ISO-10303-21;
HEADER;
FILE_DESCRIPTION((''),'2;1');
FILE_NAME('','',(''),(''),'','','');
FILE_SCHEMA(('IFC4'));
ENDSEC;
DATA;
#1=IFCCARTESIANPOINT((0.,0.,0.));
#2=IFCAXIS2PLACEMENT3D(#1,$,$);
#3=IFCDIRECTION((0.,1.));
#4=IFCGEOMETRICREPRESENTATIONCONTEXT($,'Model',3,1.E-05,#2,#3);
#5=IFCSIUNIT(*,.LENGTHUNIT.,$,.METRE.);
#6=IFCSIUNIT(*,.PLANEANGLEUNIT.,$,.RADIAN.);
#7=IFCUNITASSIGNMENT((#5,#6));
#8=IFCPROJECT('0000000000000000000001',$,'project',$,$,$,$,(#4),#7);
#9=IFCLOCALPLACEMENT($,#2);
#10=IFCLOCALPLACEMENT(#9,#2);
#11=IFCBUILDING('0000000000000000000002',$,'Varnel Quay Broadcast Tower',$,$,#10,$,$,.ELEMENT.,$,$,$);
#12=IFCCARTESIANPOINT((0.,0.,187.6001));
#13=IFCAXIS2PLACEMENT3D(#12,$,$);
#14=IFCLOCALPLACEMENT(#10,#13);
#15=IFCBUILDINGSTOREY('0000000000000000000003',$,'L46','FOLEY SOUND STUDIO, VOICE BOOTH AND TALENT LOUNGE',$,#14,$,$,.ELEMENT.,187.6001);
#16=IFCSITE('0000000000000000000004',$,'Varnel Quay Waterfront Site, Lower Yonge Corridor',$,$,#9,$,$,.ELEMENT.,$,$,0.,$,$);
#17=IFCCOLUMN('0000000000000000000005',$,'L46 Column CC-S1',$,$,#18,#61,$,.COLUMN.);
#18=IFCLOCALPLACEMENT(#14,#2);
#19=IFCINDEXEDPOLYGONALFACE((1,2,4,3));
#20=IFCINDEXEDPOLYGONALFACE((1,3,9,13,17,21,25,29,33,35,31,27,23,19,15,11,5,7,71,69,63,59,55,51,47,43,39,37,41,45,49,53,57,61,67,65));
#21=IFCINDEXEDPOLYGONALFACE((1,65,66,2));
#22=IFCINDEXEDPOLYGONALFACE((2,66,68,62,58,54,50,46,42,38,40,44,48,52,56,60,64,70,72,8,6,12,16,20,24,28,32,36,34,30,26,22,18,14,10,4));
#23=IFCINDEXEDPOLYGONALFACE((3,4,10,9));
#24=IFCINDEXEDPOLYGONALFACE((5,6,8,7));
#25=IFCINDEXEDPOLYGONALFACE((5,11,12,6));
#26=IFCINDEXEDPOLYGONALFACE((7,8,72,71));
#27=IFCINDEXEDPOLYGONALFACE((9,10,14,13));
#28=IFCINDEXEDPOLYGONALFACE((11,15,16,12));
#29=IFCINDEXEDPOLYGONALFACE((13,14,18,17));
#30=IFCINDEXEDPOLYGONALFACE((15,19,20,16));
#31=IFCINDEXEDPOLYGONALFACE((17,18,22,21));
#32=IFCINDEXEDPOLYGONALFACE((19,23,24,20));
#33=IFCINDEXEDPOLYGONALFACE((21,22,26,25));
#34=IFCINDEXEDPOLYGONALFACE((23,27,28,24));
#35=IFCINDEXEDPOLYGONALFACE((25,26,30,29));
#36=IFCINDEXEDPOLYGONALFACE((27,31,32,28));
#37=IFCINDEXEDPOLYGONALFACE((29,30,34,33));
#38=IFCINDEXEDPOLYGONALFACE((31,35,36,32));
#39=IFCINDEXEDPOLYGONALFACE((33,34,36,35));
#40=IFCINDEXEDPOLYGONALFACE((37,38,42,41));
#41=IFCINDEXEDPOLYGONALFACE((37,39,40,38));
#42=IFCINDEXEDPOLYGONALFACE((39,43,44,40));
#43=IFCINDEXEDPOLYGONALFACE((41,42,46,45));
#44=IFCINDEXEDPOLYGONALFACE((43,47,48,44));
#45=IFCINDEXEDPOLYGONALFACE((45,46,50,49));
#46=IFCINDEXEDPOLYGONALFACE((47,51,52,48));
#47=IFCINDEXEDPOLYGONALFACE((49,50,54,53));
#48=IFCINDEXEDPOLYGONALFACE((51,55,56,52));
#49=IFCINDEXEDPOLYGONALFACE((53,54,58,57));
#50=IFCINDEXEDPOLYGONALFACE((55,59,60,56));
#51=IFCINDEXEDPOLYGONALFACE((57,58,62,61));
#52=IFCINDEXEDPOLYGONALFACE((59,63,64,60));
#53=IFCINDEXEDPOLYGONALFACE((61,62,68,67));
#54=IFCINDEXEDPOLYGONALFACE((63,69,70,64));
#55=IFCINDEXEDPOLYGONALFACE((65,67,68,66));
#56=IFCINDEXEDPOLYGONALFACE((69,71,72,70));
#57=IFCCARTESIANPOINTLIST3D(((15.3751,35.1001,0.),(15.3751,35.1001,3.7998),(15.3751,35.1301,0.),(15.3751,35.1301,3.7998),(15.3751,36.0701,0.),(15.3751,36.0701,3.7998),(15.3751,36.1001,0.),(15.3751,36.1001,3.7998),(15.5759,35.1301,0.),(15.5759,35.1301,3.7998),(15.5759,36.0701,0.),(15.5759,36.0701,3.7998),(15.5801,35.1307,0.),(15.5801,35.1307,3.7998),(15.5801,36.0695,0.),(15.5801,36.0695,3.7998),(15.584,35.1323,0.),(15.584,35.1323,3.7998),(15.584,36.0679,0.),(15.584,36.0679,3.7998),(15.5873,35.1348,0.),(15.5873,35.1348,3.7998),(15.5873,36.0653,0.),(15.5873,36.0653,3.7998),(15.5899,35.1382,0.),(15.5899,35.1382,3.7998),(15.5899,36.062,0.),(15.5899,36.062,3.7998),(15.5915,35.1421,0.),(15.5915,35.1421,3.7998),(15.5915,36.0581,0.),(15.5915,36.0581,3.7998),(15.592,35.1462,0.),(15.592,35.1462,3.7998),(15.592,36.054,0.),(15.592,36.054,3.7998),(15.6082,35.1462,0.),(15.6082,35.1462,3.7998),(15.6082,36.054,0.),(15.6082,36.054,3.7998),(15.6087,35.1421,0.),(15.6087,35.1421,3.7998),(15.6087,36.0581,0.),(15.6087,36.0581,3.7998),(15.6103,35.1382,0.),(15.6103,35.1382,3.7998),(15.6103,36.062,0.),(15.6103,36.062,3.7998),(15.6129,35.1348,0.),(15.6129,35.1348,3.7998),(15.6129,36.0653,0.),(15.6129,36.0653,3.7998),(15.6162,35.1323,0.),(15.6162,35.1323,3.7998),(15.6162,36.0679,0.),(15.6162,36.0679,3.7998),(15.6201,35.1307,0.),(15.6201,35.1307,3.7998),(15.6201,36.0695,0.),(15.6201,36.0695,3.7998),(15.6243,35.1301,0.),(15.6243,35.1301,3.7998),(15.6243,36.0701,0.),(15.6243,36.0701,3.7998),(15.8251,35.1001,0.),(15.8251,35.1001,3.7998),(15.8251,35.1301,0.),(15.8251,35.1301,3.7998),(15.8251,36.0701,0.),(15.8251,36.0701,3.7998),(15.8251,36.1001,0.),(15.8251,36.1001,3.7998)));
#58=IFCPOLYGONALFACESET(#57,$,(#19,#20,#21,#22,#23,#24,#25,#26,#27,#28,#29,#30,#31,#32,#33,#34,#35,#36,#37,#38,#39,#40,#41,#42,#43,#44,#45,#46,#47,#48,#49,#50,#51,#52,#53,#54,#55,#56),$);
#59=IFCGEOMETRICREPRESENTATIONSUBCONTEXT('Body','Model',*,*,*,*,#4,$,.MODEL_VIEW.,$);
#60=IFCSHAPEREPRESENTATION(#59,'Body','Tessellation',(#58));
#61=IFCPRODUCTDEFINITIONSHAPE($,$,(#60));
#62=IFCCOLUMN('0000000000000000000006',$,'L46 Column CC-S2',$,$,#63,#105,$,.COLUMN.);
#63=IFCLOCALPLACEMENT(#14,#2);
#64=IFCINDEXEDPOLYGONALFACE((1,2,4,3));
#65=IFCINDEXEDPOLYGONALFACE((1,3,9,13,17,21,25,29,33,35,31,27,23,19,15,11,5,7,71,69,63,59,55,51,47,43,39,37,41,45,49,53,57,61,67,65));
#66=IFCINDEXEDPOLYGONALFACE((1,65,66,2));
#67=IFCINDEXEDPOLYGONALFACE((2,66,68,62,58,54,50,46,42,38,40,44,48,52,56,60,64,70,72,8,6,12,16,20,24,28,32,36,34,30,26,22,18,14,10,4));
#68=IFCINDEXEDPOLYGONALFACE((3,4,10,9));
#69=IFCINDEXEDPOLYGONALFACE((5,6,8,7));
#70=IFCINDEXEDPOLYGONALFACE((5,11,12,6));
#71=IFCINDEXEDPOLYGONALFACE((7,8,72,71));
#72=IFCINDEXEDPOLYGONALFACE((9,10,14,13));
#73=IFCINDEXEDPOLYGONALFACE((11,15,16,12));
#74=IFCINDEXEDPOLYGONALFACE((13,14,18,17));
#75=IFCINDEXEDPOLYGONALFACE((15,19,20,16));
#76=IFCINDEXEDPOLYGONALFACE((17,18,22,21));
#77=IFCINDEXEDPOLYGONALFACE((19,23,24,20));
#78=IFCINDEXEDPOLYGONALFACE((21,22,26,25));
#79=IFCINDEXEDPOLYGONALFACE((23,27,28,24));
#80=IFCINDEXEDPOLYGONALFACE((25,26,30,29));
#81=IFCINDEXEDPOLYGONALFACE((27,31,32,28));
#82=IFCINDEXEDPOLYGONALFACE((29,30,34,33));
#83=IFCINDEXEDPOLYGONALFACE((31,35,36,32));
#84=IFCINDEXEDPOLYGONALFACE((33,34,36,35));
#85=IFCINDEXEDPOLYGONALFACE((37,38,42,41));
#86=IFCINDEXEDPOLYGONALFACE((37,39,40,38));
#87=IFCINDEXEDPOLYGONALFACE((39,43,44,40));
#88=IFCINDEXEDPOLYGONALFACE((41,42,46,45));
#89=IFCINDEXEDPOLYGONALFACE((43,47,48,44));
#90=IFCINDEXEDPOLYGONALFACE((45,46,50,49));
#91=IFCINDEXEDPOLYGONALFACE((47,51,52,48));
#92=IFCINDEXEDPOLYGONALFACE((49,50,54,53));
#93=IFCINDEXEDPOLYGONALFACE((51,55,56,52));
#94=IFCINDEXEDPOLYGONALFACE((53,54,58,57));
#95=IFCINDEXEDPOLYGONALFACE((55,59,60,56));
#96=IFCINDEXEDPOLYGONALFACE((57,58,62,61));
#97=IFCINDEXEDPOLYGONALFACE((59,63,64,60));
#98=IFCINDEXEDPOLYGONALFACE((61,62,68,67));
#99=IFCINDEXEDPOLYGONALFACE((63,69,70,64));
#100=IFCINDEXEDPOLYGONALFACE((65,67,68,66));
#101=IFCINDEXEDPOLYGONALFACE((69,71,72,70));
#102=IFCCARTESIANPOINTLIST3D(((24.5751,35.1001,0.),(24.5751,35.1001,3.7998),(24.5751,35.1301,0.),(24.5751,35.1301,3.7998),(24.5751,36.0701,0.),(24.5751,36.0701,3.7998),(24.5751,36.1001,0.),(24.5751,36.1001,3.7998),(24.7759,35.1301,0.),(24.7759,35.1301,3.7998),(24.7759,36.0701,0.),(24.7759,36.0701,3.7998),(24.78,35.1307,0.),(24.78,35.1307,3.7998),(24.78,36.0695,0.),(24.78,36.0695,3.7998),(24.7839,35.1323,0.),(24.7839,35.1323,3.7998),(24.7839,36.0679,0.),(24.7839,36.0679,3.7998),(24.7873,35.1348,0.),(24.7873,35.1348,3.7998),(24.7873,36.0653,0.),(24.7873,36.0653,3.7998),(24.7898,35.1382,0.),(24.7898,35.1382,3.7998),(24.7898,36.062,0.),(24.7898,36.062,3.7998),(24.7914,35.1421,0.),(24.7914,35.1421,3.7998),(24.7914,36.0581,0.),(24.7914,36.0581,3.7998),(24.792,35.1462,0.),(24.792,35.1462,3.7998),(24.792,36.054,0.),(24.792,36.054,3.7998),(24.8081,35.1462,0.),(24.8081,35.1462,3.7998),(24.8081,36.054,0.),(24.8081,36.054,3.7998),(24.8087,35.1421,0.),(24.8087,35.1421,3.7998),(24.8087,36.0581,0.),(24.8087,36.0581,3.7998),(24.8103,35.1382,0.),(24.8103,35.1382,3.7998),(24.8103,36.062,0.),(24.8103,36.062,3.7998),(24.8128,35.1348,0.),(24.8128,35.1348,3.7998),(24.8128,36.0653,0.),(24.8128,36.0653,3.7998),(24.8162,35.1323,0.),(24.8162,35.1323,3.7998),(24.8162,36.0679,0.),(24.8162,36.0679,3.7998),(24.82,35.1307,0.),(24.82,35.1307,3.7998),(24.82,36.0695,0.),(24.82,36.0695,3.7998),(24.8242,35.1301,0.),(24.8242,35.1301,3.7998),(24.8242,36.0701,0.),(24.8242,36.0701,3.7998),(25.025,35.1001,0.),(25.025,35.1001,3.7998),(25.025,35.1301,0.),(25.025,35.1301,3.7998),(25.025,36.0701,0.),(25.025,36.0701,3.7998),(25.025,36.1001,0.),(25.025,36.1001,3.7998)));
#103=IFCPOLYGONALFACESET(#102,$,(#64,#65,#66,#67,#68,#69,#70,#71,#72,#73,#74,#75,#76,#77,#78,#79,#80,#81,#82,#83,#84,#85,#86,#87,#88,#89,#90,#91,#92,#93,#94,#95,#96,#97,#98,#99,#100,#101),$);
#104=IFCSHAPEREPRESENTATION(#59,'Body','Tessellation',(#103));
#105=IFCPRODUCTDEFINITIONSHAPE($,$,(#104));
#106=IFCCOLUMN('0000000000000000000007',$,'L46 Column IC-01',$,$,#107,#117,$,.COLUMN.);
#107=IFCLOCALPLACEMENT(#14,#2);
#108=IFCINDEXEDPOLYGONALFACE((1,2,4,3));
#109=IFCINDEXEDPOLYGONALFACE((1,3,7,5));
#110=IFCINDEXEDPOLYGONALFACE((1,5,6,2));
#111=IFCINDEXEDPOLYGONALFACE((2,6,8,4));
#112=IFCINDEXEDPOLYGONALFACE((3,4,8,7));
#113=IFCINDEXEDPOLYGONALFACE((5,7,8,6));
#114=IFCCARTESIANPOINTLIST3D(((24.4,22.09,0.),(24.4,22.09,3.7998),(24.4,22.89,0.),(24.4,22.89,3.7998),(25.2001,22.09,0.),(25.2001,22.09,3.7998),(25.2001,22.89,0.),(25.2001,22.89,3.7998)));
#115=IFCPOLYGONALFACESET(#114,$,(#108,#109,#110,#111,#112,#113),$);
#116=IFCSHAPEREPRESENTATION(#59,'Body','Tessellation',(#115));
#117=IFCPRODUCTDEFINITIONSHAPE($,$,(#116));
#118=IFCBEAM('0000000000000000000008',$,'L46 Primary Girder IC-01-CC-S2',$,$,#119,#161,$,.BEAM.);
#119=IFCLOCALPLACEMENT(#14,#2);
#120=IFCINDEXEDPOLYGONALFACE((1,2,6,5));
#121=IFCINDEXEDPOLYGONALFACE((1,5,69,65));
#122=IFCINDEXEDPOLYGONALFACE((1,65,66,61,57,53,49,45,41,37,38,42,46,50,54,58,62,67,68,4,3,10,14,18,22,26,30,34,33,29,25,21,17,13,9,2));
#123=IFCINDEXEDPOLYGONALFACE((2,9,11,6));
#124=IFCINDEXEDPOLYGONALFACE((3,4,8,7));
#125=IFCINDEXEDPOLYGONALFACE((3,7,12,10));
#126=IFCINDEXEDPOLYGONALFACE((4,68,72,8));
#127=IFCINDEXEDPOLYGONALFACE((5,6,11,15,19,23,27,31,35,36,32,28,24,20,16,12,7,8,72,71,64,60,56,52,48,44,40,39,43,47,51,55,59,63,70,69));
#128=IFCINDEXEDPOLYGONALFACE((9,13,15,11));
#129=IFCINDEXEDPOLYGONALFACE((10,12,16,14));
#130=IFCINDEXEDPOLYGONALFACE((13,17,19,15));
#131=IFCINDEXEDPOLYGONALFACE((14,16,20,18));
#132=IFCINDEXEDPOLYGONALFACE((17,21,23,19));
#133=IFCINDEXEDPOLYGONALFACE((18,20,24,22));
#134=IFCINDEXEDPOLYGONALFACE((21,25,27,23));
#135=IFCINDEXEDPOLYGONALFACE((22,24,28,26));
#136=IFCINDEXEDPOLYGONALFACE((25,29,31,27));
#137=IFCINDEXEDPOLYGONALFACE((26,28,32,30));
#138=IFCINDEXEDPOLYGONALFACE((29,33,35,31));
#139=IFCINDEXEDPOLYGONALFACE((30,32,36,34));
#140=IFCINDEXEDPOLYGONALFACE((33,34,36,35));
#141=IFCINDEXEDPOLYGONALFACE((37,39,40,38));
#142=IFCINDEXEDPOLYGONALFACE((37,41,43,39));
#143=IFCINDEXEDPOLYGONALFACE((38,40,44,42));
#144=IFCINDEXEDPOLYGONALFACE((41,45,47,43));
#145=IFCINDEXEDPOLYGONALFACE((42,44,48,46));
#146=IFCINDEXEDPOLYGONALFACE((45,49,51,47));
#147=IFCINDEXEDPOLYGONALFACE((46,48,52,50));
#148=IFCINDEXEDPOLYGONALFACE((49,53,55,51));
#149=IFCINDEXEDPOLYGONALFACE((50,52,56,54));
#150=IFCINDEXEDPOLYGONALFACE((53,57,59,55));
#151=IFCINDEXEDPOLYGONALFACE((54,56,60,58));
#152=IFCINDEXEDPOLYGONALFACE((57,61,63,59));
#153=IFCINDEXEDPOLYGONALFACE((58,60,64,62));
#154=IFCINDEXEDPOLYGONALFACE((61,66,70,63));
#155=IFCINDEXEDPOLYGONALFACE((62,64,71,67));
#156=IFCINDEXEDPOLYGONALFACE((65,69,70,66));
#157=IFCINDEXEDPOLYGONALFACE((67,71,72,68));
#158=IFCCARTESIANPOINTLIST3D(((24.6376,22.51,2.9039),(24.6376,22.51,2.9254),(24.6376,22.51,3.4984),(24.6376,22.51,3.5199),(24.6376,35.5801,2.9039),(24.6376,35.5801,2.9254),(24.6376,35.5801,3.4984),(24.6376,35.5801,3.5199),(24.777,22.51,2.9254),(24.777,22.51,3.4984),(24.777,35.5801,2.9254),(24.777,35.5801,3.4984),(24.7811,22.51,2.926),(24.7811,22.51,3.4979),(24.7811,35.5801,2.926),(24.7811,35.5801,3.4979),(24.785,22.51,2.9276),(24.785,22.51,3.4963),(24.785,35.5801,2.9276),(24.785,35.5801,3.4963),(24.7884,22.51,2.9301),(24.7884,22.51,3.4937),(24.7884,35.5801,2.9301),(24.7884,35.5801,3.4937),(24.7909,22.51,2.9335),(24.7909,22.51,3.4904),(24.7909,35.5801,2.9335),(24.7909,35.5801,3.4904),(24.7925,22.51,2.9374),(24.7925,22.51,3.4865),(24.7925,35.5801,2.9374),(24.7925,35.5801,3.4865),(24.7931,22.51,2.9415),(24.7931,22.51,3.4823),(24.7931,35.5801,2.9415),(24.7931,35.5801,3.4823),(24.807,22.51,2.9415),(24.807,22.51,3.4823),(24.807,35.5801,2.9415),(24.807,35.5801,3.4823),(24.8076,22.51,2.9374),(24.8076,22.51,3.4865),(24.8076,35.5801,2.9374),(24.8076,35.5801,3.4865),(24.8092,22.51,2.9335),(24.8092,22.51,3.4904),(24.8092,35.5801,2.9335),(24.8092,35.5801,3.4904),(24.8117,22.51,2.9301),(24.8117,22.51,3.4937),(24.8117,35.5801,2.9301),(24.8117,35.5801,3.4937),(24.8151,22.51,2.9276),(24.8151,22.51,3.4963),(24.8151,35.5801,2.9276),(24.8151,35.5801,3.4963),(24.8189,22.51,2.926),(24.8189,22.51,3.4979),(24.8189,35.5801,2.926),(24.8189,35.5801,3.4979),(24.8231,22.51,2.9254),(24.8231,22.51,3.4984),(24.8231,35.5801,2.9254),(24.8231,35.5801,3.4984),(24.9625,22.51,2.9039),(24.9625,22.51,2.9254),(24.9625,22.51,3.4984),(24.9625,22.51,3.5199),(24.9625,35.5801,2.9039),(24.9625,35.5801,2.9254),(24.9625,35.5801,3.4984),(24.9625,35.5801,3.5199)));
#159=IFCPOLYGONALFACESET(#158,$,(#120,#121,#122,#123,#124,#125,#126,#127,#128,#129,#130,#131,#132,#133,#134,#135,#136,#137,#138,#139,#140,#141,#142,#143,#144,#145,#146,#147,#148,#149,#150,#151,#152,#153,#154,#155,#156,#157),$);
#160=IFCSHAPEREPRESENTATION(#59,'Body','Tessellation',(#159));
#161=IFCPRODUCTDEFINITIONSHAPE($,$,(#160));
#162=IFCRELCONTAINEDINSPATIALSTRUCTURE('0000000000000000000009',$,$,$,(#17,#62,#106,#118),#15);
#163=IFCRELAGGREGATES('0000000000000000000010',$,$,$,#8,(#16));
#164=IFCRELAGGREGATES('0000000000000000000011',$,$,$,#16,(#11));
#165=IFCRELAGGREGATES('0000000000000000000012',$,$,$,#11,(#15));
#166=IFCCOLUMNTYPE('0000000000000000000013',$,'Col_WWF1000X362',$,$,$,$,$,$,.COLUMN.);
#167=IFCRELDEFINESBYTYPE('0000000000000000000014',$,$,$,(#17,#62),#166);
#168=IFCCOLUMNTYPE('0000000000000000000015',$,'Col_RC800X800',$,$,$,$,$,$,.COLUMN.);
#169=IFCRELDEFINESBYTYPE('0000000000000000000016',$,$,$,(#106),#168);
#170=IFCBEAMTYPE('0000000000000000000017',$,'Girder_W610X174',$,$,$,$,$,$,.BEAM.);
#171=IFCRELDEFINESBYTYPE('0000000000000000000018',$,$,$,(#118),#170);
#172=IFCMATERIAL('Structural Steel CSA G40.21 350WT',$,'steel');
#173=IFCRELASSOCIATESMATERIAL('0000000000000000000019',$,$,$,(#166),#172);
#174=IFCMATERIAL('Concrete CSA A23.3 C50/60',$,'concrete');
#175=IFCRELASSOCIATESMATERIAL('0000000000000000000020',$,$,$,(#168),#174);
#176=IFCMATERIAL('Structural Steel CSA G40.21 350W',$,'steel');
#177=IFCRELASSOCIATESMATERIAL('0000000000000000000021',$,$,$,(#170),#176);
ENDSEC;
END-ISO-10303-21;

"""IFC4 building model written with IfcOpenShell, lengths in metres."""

from ifc_helpers import new_model, si_unit, direction, frame, origin, origin_2d, place, context, subcontext, project, spatial, rectangle, i_section, extrude, source, transform, mapped, material, material_profile, profile_set, type_object, type_shapes, element, save


model = new_model("IFC4")

# Units and contexts
model_context = context("Model", 3, precision=1e-05, world=origin(), true_north=direction((0.0, 1.0)))
body_context = subcontext(model_context, "Body", "Model", "MODEL_VIEW")
ifc_project = project(units=[si_unit("LENGTHUNIT", "METRE"), si_unit("PLANEANGLEUNIT", "RADIAN")], contexts=[model_context])

# Site, building, storey
site_placement = place(None, origin())
site = spatial("IfcSite", under=ifc_project, at=site_placement, Name="Varnel Quay Waterfront Site, Lower Yonge Corridor", CompositionType="ELEMENT", RefElevation=0.0)
building_placement = place(site_placement, origin())
building = spatial("IfcBuilding", under=site, at=building_placement, Name="Varnel Quay Broadcast Tower", CompositionType="ELEMENT")
storey_placement = place(building_placement, frame((0.0, 0.0, 187.6001)))
storey = spatial("IfcBuildingStorey", under=building, at=storey_placement, Name="L46", Description="FOLEY SOUND STUDIO, VOICE BOOTH AND TALENT LOUNGE", CompositionType="ELEMENT", Elevation=187.6001)

# Columns
ifc_material_1 = material(Name="Structural Steel CSA G40.21 350WT", Category="steel")
ifc_material_profile_1 = material_profile(ifc_material_1, i_section(OverallWidth=0.45, OverallDepth=1.0, WebThickness=0.0161, FlangeThickness=0.03, FilletRadius=0.0161, at=origin_2d()), Name="WWF1000X362")
ifc_profile_set_1 = profile_set([ifc_material_profile_1], Name="Structural Steel CSA G40.21 350WT")
column_type_1 = type_object("IfcColumnType", Name="Col_WWF1000X362", PredefinedType="COLUMN", material=ifc_profile_set_1)
shared_shape_1 = source(origin(), body_context, "Body", "SweptSolid", [
    extrude(i_section(OverallWidth=0.45, OverallDepth=1.0, WebThickness=0.0161, FlangeThickness=0.03, FilletRadius=0.0161, at=origin_2d()), origin(), (0.0, 0.0, 1.0), 3.7998),
])
type_shapes(column_type_1, [shared_shape_1])
for number, where, z_axis, x_axis, name in (
    (1, (15.6001, 35.6001, 0.0), (0.0, 0.0, 1.0), (1.0, 0.0, 0.0), "L46 Column CC-S1"),
    (2, (24.8, 35.6001, 0.0), (0.0, 0.0, 1.0), (1.0, 0.0, 0.0), "L46 Column CC-S2"),
):
    element("IfcColumn", number, at=place(storey_placement, frame(where, z_axis=z_axis, x_axis=x_axis)), inside=storey, type_object=column_type_1, Name=name, PredefinedType="COLUMN", context=body_context, shape_type="MappedRepresentation", body=[
        mapped(shared_shape_1, transform((0.0, 0.0, 0.0), x_axis=(1.0, 0.0, 0.0), y_axis=(0.0, 1.0, 0.0), z_axis=(0.0, 0.0, 1.0), scale=1.0)),
    ])
ifc_material_2 = material(Name="Concrete CSA A23.3 C50/60", Category="concrete")
ifc_material_profile_2 = material_profile(ifc_material_2, rectangle(XDim=0.8, YDim=0.8, at=origin_2d()), Name="RC800X800")
ifc_profile_set_2 = profile_set([ifc_material_profile_2], Name="Concrete CSA A23.3 C50/60")
column_type_2 = type_object("IfcColumnType", Name="Col_RC800X800", PredefinedType="COLUMN", material=ifc_profile_set_2)
shared_shape_2 = source(origin(), body_context, "Body", "SweptSolid", [
    extrude(rectangle(XDim=0.8, YDim=0.8, at=origin_2d()), origin(), (0.0, 0.0, 1.0), 3.7998),
])
type_shapes(column_type_2, [shared_shape_2])
column_placement = place(storey_placement, frame((24.8, 22.49, 0.0), z_axis=(0.0, 0.0, 1.0), x_axis=(1.0, 0.0, 0.0)))
element("IfcColumn", 3, at=column_placement, inside=storey, type_object=column_type_2, Name="L46 Column IC-01", PredefinedType="COLUMN", context=body_context, shape_type="MappedRepresentation", body=[
    mapped(shared_shape_2, transform((0.0, 0.0, 0.0), x_axis=(1.0, 0.0, 0.0), y_axis=(0.0, 1.0, 0.0), z_axis=(0.0, 0.0, 1.0), scale=1.0)),
])

# Beam
ifc_material_3 = material(Name="Structural Steel CSA G40.21 350W", Category="steel")
ifc_material_profile_3 = material_profile(ifc_material_3, i_section(OverallWidth=0.325, OverallDepth=0.616, WebThickness=0.0139, FlangeThickness=0.0215, FilletRadius=0.0161, at=origin_2d()), Name="W610X174")
ifc_profile_set_3 = profile_set([ifc_material_profile_3], Name="Structural Steel CSA G40.21 350W")
beam_type_1 = type_object("IfcBeamType", Name="Girder_W610X174", PredefinedType="BEAM", material=ifc_profile_set_3)
shared_shape_3 = source(origin(), body_context, "Body", "SweptSolid", [
    extrude(i_section(OverallWidth=0.325, OverallDepth=0.616, WebThickness=0.0139, FlangeThickness=0.0215, FilletRadius=0.0161, at=origin_2d()), origin(), (0.0, 0.0, 1.0), 13.0701),
])
beam_1_placement = place(storey_placement, frame((24.8, 22.51, 3.2119), z_axis=(0.0, 1.0, 0.0), x_axis=(-1.0, 0.0, 0.0)))
element("IfcBeam", 4, at=beam_1_placement, inside=storey, type_object=beam_type_1, Name="L46 Primary Girder IC-01-CC-S2", PredefinedType="BEAM", context=body_context, shape_type="MappedRepresentation", body=[
    mapped(shared_shape_3, transform((0.0, 0.0, 0.0), x_axis=(1.0, 0.0, 0.0), y_axis=(0.0, 1.0, 0.0), z_axis=(0.0, 0.0, 1.0), scale=1.0)),
])

save(model, "model.ifc")
